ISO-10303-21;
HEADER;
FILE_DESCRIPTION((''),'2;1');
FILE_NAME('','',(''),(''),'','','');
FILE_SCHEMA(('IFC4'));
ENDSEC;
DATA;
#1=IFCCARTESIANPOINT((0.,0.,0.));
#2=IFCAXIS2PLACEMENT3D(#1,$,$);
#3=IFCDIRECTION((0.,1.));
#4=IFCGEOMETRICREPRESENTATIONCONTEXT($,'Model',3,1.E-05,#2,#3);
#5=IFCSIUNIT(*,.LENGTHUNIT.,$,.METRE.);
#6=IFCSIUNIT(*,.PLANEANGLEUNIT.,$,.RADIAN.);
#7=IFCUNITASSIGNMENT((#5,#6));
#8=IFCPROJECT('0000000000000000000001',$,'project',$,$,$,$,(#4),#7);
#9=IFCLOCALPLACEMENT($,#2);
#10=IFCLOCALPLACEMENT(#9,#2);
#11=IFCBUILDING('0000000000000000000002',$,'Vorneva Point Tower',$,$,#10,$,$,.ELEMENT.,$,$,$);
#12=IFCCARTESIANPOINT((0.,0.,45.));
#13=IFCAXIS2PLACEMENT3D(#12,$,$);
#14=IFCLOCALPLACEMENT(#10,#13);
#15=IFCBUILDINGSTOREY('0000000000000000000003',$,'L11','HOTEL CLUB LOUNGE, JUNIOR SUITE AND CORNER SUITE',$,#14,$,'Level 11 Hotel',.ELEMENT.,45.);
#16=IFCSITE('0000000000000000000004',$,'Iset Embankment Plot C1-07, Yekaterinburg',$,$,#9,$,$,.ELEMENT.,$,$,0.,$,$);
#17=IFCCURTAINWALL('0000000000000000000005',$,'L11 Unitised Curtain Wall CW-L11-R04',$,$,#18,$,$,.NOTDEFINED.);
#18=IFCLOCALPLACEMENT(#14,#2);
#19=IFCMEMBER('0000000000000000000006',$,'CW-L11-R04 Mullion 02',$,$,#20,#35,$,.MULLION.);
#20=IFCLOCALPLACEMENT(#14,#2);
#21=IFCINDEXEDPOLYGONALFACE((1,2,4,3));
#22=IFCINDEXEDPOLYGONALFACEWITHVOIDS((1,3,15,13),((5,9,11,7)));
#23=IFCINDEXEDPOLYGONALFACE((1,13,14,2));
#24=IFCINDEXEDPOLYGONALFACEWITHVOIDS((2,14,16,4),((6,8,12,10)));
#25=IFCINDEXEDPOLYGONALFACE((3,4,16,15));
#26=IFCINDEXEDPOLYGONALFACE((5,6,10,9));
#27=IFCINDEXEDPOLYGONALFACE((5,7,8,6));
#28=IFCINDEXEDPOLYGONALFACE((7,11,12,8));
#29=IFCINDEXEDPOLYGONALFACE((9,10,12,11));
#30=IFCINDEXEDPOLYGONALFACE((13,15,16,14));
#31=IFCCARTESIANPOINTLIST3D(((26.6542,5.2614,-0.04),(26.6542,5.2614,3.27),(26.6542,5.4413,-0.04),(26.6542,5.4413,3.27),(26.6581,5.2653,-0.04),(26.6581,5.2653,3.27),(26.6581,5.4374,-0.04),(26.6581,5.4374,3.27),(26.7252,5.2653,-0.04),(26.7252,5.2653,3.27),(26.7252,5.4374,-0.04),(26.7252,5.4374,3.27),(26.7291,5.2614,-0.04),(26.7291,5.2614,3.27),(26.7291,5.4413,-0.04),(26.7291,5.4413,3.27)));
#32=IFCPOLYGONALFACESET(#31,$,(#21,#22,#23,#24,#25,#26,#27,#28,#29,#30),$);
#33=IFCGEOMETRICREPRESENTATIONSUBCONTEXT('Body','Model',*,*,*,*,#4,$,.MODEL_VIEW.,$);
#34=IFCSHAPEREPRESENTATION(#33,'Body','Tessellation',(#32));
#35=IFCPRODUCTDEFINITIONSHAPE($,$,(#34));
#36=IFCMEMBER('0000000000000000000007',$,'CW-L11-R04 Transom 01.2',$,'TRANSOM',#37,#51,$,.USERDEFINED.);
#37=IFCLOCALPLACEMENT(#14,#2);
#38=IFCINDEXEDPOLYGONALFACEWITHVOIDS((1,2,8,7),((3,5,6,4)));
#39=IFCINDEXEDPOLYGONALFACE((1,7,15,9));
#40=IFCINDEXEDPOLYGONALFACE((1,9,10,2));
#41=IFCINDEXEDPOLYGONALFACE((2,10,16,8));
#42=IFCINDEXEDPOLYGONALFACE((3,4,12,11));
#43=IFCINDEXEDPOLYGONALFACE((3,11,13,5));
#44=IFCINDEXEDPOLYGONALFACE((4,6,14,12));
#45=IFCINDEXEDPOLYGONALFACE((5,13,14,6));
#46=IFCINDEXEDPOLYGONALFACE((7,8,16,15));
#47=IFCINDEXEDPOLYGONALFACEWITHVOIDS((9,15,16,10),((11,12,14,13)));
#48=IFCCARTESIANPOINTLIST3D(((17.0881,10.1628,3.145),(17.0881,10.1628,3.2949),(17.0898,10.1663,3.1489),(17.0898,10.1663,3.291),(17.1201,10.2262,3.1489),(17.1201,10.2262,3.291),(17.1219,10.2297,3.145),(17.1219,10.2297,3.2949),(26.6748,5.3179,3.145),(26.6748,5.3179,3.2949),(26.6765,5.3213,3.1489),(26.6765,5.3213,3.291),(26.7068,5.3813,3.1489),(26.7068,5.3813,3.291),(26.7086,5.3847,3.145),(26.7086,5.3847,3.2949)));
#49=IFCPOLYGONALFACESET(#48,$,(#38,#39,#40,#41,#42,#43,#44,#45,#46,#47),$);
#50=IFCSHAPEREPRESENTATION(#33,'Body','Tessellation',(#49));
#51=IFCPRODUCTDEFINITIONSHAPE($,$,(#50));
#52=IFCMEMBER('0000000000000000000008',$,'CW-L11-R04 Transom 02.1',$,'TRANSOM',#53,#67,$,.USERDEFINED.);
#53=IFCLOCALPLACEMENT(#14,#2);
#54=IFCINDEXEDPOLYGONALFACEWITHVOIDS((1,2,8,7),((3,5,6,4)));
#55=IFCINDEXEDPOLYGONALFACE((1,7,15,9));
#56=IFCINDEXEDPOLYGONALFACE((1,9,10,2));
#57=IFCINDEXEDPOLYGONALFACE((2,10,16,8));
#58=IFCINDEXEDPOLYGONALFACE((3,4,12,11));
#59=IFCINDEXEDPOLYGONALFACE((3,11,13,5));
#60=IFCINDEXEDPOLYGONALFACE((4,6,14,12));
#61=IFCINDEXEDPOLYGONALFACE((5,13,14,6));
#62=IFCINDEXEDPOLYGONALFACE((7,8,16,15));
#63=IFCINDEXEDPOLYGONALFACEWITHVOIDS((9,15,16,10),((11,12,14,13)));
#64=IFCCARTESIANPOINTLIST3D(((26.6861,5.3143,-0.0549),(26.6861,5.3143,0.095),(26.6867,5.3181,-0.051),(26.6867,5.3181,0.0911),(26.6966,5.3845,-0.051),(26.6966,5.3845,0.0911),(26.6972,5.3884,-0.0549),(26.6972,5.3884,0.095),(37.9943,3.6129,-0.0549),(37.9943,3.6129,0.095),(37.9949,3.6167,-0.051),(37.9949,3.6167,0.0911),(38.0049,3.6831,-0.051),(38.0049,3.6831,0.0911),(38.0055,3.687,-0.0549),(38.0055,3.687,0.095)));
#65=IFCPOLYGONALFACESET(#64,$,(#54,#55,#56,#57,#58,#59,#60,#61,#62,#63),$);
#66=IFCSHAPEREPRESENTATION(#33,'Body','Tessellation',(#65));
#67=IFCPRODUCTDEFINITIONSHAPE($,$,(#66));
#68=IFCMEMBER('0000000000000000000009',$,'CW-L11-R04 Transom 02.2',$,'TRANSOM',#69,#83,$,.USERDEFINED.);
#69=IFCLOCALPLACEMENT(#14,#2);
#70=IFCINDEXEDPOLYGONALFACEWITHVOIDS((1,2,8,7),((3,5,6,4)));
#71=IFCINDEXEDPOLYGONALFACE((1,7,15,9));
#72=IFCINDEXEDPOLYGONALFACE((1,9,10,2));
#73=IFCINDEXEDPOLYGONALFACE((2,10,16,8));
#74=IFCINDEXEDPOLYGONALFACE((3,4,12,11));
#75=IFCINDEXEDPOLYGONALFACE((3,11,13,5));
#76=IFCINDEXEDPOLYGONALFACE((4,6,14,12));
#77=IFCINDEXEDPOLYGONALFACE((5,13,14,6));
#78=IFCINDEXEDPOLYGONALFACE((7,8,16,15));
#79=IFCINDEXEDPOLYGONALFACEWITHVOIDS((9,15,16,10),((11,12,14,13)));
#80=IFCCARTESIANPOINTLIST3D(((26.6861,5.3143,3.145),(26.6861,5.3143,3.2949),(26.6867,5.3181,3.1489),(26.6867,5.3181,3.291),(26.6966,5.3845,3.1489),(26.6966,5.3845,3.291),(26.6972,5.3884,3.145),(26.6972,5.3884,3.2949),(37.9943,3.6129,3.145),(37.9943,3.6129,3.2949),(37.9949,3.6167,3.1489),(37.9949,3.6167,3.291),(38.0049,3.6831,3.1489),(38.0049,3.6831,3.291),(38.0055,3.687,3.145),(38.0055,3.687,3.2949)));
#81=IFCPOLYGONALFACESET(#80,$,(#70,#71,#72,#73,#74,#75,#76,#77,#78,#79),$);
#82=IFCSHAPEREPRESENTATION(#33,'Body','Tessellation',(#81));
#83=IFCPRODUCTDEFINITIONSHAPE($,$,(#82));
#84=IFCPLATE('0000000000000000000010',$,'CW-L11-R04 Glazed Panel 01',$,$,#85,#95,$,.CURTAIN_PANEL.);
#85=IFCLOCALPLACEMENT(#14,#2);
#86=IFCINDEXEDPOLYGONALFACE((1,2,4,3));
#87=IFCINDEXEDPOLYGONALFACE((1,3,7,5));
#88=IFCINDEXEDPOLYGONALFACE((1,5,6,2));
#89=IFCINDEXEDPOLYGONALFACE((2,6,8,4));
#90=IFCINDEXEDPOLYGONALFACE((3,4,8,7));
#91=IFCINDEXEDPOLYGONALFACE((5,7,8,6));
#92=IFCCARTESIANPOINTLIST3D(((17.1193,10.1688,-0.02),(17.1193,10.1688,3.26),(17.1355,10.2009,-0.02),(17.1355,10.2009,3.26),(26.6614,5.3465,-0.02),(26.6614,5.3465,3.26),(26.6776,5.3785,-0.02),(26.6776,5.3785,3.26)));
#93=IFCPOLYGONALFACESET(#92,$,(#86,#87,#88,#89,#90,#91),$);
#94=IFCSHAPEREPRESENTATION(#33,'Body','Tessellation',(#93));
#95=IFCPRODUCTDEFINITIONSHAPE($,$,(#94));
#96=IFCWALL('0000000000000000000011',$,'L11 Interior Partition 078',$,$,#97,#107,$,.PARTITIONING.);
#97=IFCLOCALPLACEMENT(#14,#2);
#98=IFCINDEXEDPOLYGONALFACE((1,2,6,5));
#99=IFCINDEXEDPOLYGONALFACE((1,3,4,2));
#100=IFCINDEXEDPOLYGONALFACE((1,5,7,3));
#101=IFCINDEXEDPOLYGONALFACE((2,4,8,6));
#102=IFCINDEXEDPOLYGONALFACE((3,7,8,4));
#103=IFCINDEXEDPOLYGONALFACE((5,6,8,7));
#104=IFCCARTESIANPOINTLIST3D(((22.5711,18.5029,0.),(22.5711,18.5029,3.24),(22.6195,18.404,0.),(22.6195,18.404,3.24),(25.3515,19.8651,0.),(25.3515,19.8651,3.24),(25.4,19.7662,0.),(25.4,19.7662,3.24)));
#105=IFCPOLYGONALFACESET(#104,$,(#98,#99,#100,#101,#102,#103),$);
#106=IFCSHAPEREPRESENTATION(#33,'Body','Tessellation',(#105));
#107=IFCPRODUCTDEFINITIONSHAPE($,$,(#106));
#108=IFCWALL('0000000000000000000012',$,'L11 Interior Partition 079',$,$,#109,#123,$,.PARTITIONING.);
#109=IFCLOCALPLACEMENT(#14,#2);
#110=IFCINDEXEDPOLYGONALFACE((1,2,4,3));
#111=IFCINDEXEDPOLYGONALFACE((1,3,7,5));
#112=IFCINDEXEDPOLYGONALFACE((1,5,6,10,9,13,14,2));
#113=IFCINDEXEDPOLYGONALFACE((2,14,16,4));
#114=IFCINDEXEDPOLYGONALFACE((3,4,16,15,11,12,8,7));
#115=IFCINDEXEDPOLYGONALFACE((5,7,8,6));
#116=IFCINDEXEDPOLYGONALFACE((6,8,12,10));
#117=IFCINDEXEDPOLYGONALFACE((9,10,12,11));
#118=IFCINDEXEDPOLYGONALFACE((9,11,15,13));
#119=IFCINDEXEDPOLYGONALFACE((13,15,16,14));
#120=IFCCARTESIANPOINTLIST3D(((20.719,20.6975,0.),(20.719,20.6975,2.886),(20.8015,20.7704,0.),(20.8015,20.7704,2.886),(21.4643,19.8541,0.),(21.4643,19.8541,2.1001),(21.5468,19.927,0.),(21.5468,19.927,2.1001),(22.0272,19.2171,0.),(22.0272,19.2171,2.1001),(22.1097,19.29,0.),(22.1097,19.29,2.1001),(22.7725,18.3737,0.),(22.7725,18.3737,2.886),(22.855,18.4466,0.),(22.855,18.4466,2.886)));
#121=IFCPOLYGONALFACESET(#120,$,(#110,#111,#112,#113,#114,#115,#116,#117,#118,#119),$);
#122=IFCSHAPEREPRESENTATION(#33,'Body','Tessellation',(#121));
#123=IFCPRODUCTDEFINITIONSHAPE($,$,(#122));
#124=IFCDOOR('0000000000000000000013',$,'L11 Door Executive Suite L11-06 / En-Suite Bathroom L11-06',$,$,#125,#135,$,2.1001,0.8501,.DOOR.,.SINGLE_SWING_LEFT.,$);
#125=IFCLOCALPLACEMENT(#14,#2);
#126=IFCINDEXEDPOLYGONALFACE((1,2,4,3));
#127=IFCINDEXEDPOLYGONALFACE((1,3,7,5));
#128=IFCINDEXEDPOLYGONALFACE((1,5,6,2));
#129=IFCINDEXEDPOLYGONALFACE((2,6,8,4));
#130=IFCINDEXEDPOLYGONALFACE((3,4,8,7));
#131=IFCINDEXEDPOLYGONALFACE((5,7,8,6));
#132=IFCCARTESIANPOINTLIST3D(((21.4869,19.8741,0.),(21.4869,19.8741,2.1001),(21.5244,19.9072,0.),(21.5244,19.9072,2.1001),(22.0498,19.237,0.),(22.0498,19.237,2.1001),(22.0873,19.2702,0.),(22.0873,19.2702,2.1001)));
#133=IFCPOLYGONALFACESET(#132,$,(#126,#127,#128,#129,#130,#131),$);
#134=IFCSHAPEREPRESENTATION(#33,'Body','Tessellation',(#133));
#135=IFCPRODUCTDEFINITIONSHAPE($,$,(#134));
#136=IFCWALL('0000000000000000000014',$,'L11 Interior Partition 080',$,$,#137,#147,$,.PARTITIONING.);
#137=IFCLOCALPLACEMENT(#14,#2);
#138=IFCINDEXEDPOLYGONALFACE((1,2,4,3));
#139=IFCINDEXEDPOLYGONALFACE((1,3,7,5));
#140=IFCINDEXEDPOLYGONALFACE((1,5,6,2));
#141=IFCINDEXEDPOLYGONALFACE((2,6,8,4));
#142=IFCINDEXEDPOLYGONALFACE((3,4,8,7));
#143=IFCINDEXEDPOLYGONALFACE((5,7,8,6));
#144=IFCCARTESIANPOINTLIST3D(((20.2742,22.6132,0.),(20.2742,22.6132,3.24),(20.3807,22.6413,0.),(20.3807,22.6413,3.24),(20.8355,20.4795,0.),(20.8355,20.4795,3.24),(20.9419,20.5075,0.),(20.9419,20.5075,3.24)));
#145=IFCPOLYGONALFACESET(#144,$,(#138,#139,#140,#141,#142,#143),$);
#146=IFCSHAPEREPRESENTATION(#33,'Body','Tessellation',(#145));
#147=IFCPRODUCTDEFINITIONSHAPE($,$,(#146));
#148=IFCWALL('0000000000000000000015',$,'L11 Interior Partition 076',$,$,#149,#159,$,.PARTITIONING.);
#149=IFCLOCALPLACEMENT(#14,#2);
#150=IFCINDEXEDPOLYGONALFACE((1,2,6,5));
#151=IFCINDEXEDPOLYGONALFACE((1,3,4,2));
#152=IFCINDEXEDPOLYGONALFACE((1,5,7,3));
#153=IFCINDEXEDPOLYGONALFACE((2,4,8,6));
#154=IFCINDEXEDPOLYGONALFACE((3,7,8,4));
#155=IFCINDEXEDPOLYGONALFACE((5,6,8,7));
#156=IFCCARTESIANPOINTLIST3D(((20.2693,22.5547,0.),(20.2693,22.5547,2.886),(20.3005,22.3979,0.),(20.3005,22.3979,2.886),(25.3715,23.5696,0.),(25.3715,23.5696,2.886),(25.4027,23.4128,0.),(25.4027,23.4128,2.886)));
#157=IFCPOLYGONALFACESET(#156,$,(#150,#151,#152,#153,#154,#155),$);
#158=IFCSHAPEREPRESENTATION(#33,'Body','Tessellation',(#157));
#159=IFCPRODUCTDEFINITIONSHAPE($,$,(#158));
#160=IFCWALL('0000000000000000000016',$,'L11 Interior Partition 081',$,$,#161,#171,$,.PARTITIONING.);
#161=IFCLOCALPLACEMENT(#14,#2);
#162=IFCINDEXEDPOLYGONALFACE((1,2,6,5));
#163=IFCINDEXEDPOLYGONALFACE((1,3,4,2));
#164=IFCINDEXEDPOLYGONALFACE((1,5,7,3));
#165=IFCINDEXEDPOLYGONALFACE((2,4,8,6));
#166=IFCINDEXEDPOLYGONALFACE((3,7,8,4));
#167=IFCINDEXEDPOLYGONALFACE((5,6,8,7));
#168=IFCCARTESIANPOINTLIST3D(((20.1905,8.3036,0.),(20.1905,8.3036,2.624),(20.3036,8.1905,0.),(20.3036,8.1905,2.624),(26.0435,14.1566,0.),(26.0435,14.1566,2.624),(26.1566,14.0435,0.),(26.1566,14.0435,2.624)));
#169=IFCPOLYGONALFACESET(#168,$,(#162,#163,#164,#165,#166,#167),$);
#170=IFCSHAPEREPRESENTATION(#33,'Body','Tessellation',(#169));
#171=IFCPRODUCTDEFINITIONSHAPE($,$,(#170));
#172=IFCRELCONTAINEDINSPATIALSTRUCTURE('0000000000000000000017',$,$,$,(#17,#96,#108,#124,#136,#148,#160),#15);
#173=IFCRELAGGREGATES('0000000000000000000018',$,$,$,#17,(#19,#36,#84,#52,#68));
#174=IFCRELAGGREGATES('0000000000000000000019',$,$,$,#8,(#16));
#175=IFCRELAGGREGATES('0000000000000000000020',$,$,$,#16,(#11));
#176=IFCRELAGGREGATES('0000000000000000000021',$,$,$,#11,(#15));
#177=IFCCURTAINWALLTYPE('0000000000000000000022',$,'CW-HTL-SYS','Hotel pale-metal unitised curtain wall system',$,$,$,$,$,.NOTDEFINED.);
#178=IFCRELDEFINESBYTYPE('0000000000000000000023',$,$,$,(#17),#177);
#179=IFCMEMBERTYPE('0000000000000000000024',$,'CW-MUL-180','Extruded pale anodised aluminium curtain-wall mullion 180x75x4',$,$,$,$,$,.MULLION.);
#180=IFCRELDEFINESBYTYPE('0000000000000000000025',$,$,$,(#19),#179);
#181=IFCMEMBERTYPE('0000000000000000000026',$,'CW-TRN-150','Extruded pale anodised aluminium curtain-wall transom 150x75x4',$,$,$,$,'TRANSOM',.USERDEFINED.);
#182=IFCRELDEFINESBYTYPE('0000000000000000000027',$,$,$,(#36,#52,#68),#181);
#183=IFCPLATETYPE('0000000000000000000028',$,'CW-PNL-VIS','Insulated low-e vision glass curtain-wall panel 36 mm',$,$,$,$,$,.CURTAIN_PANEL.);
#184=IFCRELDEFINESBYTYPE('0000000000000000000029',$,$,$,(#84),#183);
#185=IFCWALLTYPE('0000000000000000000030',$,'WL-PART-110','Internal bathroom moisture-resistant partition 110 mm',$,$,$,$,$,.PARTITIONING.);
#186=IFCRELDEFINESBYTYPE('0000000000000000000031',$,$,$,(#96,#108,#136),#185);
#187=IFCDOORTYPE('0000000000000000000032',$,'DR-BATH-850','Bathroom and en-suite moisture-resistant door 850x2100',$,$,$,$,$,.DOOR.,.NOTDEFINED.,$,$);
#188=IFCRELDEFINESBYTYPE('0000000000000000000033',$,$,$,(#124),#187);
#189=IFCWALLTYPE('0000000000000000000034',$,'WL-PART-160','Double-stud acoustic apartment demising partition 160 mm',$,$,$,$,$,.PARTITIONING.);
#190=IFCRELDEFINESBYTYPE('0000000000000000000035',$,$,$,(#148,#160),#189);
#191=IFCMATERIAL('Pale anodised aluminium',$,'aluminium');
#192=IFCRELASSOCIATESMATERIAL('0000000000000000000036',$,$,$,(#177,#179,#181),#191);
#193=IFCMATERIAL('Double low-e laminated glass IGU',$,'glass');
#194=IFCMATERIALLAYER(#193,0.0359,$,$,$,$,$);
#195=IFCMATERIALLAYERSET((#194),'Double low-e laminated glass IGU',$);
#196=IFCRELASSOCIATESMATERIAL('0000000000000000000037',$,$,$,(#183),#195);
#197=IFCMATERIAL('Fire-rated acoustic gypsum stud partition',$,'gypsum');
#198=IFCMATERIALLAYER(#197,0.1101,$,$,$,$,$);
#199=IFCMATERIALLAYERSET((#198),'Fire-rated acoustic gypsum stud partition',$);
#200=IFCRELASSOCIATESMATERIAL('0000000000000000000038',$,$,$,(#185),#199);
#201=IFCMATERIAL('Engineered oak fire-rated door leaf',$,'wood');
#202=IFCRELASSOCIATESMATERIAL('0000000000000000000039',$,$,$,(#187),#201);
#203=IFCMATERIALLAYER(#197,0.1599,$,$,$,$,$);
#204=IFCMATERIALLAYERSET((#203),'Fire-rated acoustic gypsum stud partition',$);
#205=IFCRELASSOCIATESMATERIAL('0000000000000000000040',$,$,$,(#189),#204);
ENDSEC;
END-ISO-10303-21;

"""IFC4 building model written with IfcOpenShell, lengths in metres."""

from ifc_helpers import new_model, si_unit, direction, frame, frame_2d, origin, origin_2d, place, context, subcontext, project, spatial, rectangle, hollow_rectangle, extrude, material, layer, layer_set, material_profile, profile_set, type_object, element, fill, aggregate, save


model = new_model("IFC4")

# Units and contexts
model_context = context("Model", 3, precision=1e-05, world=origin(), true_north=direction((0.0, 1.0)))
body_context = subcontext(model_context, "Body", "Model", "MODEL_VIEW")
ifc_project = project(units=[si_unit("LENGTHUNIT", "METRE"), si_unit("PLANEANGLEUNIT", "RADIAN")], contexts=[model_context])

# Site, building, storey
site_placement = place(None, origin())
site = spatial("IfcSite", under=ifc_project, at=site_placement, Name="Iset Embankment Plot C1-07, Yekaterinburg", CompositionType="ELEMENT", RefElevation=0.0)
building_placement = place(site_placement, origin())
building = spatial("IfcBuilding", under=site, at=building_placement, Name="Vorneva Point Tower", CompositionType="ELEMENT")
storey_placement = place(building_placement, frame((0.0, 0.0, 45.0)))
storey = spatial("IfcBuildingStorey", under=building, at=storey_placement, Name="L11", Description="HOTEL CLUB LOUNGE, JUNIOR SUITE AND CORNER SUITE", LongName="Level 11 Hotel", CompositionType="ELEMENT", Elevation=45.0)

# Curtain wall, members, plate
ifc_material_1 = material(Name="Pale anodised aluminium", Category="aluminium")
curtain_wall_type = type_object("IfcCurtainWallType", Name="CW-HTL-SYS", Description="Hotel pale-metal unitised curtain wall system", PredefinedType="NOTDEFINED", material=ifc_material_1)
curtain_wall_placement = place(storey_placement, origin())
curtain_wall = element("IfcCurtainWall", 1, at=curtain_wall_placement, inside=storey, type_object=curtain_wall_type, Name="L11 Unitised Curtain Wall CW-L11-R04", PredefinedType="NOTDEFINED")
ifc_material_profile_1 = material_profile(ifc_material_1, hollow_rectangle(XDim=0.075, YDim=0.1799, WallThickness=0.0039, at=origin_2d()), Name="AL-MUL 180x75x4")
ifc_profile_set_1 = profile_set([ifc_material_profile_1], Name="Pale anodised aluminium")
member_type_1 = type_object("IfcMemberType", Name="CW-MUL-180", Description="Extruded pale anodised aluminium curtain-wall mullion 180x75x4", PredefinedType="MULLION", material=ifc_profile_set_1)
member_1_placement = place(storey_placement, frame((26.6917, 5.3513, -0.04), z_axis=(0.0, 0.0, 1.0), x_axis=(1.0, 0.0, 0.0)))
member_1 = element("IfcMember", 2, at=member_1_placement, type_object=member_type_1, Name="CW-L11-R04 Mullion 02", PredefinedType="MULLION", context=body_context, shape_type="SweptSolid", body=[
    extrude(hollow_rectangle(XDim=0.075, YDim=0.1799, WallThickness=0.0039, at=origin_2d()), origin(), (0.0, 0.0, 1.0), 3.3101),
])
ifc_material_profile_2 = material_profile(ifc_material_1, hollow_rectangle(XDim=0.075, YDim=0.1499, WallThickness=0.0039, at=origin_2d()), Name="AL-TRN 150x75x4")
ifc_profile_set_2 = profile_set([ifc_material_profile_2], Name="Pale anodised aluminium")
member_type_2 = type_object("IfcMemberType", Name="CW-TRN-150", Description="Extruded pale anodised aluminium curtain-wall transom 150x75x4", ElementType="TRANSOM", PredefinedType="USERDEFINED", material=ifc_profile_set_2)
member_2_placement = place(storey_placement, frame((17.105, 10.1963, 3.22), z_axis=(0.892496, -0.451055, 0.0), x_axis=(0.451055, 0.892496, 0.0)))
member_2 = element("IfcMember", 3, at=member_2_placement, type_object=member_type_2, Name="CW-L11-R04 Transom 01.2", ObjectType="TRANSOM", PredefinedType="USERDEFINED", context=body_context, shape_type="SweptSolid", body=[
    extrude(hollow_rectangle(XDim=0.075, YDim=0.1499, WallThickness=0.0039, at=origin_2d()), origin(), (0.0, 0.0, 1.0), 10.7415),
])
member_3_placement = place(storey_placement, frame((26.6917, 5.3513, 0.02), z_axis=(0.98887, -0.148782, 0.0), x_axis=(0.148782, 0.98887, 0.0)))
member_3 = element("IfcMember", 4, at=member_3_placement, type_object=member_type_2, Name="CW-L11-R04 Transom 02.1", ObjectType="TRANSOM", PredefinedType="USERDEFINED", context=body_context, shape_type="SweptSolid", body=[
    extrude(hollow_rectangle(XDim=0.075, YDim=0.1499, WallThickness=0.0039, at=origin_2d()), origin(), (0.0, 0.0, 1.0), 11.4355),
])
member_4_placement = place(storey_placement, frame((26.6917, 5.3513, 3.22), z_axis=(0.98887, -0.148782, 0.0), x_axis=(0.148782, 0.98887, 0.0)))
member_4 = element("IfcMember", 5, at=member_4_placement, type_object=member_type_2, Name="CW-L11-R04 Transom 02.2", ObjectType="TRANSOM", PredefinedType="USERDEFINED", context=body_context, shape_type="SweptSolid", body=[
    extrude(hollow_rectangle(XDim=0.075, YDim=0.1499, WallThickness=0.0039, at=origin_2d()), origin(), (0.0, 0.0, 1.0), 11.4355),
])
ifc_material_2 = material(Name="Double low-e laminated glass IGU", Category="glass")
ifc_layer_1 = layer(ifc_material_2, 0.0359)
ifc_layer_set_1 = layer_set([ifc_layer_1], Name="Double low-e laminated glass IGU")
plate_type = type_object("IfcPlateType", Name="CW-PNL-VIS", Description="Insulated low-e vision glass curtain-wall panel 36 mm", PredefinedType="CURTAIN_PANEL", material=ifc_layer_set_1)
plate_placement = place(storey_placement, frame((21.8984, 7.7737, -0.02), z_axis=(0.0, 0.0, 1.0), x_axis=(0.892499, -0.451049, 0.0)))
plate = element("IfcPlate", 6, at=plate_placement, type_object=plate_type, Name="CW-L11-R04 Glazed Panel 01", PredefinedType="CURTAIN_PANEL", context=body_context, shape_type="SweptSolid", body=[
    extrude(rectangle(XDim=10.6914, YDim=0.0359, at=origin_2d()), origin(), (0.0, 0.0, 1.0), 3.28),
])
aggregate(curtain_wall, [member_1, member_2, plate, member_3, member_4])

# Wall
ifc_material_3 = material(Name="Fire-rated acoustic gypsum stud partition", Category="gypsum")
ifc_layer_2 = layer(ifc_material_3, 0.1101)
ifc_layer_set_2 = layer_set([ifc_layer_2], Name="Fire-rated acoustic gypsum stud partition")
wall_type_1 = type_object("IfcWallType", Name="WL-PART-110", Description="Internal bathroom moisture-resistant partition 110 mm", PredefinedType="PARTITIONING", material=ifc_layer_set_2)
wall_1_placement = place(storey_placement, frame((25.3757, 19.8157, 0.0), z_axis=(0.0, 0.0, 1.0), x_axis=(-0.898009, -0.439976, 0.0)))
element("IfcWall", 7, at=wall_1_placement, inside=storey, type_object=wall_type_1, Name="L11 Interior Partition 078", PredefinedType="PARTITIONING", context=body_context, shape_type="SweptSolid", body=[
    extrude(rectangle(XDim=3.0962, YDim=0.1101, at=frame_2d((1.5481, 0.0))), origin(), (0.0, 0.0, 1.0), 3.24),
])

# Wall, opening, door
wall_2_placement = place(storey_placement, frame((22.8137, 18.4102, 0.0), z_axis=(0.0, 0.0, 1.0), x_axis=(-0.662186, 0.749339, 0.0)))
wall_2 = element("IfcWall", 8, at=wall_2_placement, inside=storey, type_object=wall_type_1, Name="L11 Interior Partition 079", PredefinedType="PARTITIONING", context=body_context, shape_type="SweptSolid", body=[
    extrude(rectangle(XDim=3.1011, YDim=0.1101, at=frame_2d((1.5505, 0.0))), origin(), (0.0, 0.0, 1.0), 2.886),
])
opening_1_placement = place(wall_2_placement, frame((1.1255, 0.0, 0.0)))
opening_1 = element("IfcOpeningElement", 9, at=opening_1_placement, cuts=wall_2, PredefinedType="OPENING", context=body_context, shape_type="SweptSolid", body=[
    extrude(rectangle(XDim=0.8501, YDim=2.1001, at=frame_2d((0.425, 1.05))), frame((0.0, 0.0698, 0.0), z_axis=(0.0, -1.0, 0.0), x_axis=(1.0, 0.0, 0.0)), (0.0, 0.0, 1.0), 0.1399),
])
ifc_material_4 = material(Name="Engineered oak fire-rated door leaf", Category="wood")
door_type_1 = type_object("IfcDoorType", Name="DR-BATH-850", Description="Bathroom and en-suite moisture-resistant door 850x2100", OperationType="NOTDEFINED", PredefinedType="DOOR", material=ifc_material_4)
door_1_placement = place(opening_1_placement, origin())
door_1 = element("IfcDoor", 10, at=door_1_placement, inside=storey, type_object=door_type_1, Name="L11 Door Executive Suite L11-06 / En-Suite Bathroom L11-06", OperationType="SINGLE_SWING_LEFT", OverallHeight=2.1001, OverallWidth=0.8501, PredefinedType="DOOR", context=body_context, shape_type="SweptSolid", body=[
    extrude(rectangle(XDim=0.8501, YDim=2.1001, at=frame_2d((0.425, 1.05))), frame((0.0, 0.0249, 0.0), z_axis=(0.0, -1.0, 0.0), x_axis=(1.0, 0.0, 0.0)), (0.0, 0.0, 1.0), 0.05),
])
fill(opening_1, door_1)

# Walls
wall_3_placement = place(storey_placement, frame((20.8887, 20.4937, 0.0), z_axis=(0.0, 0.0, 1.0), x_axis=(-0.25439, 0.967102, 0.0)))
element("IfcWall", 11, at=wall_3_placement, inside=storey, type_object=wall_type_1, Name="L11 Interior Partition 080", PredefinedType="PARTITIONING", context=body_context, shape_type="SweptSolid", body=[
    extrude(rectangle(XDim=2.2063, YDim=0.1101, at=frame_2d((1.103, 0.0))), origin(), (0.0, 0.0, 1.0), 3.24),
])
ifc_layer_3 = layer(ifc_material_3, 0.1599)
ifc_layer_set_3 = layer_set([ifc_layer_3], Name="Fire-rated acoustic gypsum stud partition")
wall_type_2 = type_object("IfcWallType", Name="WL-PART-160", Description="Double-stud acoustic apartment demising partition 160 mm", PredefinedType="PARTITIONING", material=ifc_layer_set_3)
wall_4_placement = place(storey_placement, frame((20.2849, 22.4763, 0.0), z_axis=(0.0, 0.0, 1.0), x_axis=(0.980786, 0.195087, 0.0)))
element("IfcWall", 12, at=wall_4_placement, inside=storey, type_object=wall_type_2, Name="L11 Interior Partition 076", PredefinedType="PARTITIONING", context=body_context, shape_type="SweptSolid", body=[
    extrude(rectangle(XDim=5.2021, YDim=0.1599, at=frame_2d((2.6011, 0.0))), origin(), (0.0, 0.0, 1.0), 2.886),
])
wall_5_placement = place(storey_placement, frame((20.2471, 8.2471, 0.0), z_axis=(0.0, 0.0, 1.0), x_axis=(0.707107, 0.707107, 0.0)))
element("IfcWall", 13, at=wall_5_placement, inside=storey, type_object=wall_type_2, Name="L11 Interior Partition 081", PredefinedType="PARTITIONING", context=body_context, shape_type="SweptSolid", body=[
    extrude(rectangle(XDim=8.2773, YDim=0.1599, at=frame_2d((4.1387, 0.0))), origin(), (0.0, 0.0, 1.0), 2.624),
])

save(model, "model.ifc")
